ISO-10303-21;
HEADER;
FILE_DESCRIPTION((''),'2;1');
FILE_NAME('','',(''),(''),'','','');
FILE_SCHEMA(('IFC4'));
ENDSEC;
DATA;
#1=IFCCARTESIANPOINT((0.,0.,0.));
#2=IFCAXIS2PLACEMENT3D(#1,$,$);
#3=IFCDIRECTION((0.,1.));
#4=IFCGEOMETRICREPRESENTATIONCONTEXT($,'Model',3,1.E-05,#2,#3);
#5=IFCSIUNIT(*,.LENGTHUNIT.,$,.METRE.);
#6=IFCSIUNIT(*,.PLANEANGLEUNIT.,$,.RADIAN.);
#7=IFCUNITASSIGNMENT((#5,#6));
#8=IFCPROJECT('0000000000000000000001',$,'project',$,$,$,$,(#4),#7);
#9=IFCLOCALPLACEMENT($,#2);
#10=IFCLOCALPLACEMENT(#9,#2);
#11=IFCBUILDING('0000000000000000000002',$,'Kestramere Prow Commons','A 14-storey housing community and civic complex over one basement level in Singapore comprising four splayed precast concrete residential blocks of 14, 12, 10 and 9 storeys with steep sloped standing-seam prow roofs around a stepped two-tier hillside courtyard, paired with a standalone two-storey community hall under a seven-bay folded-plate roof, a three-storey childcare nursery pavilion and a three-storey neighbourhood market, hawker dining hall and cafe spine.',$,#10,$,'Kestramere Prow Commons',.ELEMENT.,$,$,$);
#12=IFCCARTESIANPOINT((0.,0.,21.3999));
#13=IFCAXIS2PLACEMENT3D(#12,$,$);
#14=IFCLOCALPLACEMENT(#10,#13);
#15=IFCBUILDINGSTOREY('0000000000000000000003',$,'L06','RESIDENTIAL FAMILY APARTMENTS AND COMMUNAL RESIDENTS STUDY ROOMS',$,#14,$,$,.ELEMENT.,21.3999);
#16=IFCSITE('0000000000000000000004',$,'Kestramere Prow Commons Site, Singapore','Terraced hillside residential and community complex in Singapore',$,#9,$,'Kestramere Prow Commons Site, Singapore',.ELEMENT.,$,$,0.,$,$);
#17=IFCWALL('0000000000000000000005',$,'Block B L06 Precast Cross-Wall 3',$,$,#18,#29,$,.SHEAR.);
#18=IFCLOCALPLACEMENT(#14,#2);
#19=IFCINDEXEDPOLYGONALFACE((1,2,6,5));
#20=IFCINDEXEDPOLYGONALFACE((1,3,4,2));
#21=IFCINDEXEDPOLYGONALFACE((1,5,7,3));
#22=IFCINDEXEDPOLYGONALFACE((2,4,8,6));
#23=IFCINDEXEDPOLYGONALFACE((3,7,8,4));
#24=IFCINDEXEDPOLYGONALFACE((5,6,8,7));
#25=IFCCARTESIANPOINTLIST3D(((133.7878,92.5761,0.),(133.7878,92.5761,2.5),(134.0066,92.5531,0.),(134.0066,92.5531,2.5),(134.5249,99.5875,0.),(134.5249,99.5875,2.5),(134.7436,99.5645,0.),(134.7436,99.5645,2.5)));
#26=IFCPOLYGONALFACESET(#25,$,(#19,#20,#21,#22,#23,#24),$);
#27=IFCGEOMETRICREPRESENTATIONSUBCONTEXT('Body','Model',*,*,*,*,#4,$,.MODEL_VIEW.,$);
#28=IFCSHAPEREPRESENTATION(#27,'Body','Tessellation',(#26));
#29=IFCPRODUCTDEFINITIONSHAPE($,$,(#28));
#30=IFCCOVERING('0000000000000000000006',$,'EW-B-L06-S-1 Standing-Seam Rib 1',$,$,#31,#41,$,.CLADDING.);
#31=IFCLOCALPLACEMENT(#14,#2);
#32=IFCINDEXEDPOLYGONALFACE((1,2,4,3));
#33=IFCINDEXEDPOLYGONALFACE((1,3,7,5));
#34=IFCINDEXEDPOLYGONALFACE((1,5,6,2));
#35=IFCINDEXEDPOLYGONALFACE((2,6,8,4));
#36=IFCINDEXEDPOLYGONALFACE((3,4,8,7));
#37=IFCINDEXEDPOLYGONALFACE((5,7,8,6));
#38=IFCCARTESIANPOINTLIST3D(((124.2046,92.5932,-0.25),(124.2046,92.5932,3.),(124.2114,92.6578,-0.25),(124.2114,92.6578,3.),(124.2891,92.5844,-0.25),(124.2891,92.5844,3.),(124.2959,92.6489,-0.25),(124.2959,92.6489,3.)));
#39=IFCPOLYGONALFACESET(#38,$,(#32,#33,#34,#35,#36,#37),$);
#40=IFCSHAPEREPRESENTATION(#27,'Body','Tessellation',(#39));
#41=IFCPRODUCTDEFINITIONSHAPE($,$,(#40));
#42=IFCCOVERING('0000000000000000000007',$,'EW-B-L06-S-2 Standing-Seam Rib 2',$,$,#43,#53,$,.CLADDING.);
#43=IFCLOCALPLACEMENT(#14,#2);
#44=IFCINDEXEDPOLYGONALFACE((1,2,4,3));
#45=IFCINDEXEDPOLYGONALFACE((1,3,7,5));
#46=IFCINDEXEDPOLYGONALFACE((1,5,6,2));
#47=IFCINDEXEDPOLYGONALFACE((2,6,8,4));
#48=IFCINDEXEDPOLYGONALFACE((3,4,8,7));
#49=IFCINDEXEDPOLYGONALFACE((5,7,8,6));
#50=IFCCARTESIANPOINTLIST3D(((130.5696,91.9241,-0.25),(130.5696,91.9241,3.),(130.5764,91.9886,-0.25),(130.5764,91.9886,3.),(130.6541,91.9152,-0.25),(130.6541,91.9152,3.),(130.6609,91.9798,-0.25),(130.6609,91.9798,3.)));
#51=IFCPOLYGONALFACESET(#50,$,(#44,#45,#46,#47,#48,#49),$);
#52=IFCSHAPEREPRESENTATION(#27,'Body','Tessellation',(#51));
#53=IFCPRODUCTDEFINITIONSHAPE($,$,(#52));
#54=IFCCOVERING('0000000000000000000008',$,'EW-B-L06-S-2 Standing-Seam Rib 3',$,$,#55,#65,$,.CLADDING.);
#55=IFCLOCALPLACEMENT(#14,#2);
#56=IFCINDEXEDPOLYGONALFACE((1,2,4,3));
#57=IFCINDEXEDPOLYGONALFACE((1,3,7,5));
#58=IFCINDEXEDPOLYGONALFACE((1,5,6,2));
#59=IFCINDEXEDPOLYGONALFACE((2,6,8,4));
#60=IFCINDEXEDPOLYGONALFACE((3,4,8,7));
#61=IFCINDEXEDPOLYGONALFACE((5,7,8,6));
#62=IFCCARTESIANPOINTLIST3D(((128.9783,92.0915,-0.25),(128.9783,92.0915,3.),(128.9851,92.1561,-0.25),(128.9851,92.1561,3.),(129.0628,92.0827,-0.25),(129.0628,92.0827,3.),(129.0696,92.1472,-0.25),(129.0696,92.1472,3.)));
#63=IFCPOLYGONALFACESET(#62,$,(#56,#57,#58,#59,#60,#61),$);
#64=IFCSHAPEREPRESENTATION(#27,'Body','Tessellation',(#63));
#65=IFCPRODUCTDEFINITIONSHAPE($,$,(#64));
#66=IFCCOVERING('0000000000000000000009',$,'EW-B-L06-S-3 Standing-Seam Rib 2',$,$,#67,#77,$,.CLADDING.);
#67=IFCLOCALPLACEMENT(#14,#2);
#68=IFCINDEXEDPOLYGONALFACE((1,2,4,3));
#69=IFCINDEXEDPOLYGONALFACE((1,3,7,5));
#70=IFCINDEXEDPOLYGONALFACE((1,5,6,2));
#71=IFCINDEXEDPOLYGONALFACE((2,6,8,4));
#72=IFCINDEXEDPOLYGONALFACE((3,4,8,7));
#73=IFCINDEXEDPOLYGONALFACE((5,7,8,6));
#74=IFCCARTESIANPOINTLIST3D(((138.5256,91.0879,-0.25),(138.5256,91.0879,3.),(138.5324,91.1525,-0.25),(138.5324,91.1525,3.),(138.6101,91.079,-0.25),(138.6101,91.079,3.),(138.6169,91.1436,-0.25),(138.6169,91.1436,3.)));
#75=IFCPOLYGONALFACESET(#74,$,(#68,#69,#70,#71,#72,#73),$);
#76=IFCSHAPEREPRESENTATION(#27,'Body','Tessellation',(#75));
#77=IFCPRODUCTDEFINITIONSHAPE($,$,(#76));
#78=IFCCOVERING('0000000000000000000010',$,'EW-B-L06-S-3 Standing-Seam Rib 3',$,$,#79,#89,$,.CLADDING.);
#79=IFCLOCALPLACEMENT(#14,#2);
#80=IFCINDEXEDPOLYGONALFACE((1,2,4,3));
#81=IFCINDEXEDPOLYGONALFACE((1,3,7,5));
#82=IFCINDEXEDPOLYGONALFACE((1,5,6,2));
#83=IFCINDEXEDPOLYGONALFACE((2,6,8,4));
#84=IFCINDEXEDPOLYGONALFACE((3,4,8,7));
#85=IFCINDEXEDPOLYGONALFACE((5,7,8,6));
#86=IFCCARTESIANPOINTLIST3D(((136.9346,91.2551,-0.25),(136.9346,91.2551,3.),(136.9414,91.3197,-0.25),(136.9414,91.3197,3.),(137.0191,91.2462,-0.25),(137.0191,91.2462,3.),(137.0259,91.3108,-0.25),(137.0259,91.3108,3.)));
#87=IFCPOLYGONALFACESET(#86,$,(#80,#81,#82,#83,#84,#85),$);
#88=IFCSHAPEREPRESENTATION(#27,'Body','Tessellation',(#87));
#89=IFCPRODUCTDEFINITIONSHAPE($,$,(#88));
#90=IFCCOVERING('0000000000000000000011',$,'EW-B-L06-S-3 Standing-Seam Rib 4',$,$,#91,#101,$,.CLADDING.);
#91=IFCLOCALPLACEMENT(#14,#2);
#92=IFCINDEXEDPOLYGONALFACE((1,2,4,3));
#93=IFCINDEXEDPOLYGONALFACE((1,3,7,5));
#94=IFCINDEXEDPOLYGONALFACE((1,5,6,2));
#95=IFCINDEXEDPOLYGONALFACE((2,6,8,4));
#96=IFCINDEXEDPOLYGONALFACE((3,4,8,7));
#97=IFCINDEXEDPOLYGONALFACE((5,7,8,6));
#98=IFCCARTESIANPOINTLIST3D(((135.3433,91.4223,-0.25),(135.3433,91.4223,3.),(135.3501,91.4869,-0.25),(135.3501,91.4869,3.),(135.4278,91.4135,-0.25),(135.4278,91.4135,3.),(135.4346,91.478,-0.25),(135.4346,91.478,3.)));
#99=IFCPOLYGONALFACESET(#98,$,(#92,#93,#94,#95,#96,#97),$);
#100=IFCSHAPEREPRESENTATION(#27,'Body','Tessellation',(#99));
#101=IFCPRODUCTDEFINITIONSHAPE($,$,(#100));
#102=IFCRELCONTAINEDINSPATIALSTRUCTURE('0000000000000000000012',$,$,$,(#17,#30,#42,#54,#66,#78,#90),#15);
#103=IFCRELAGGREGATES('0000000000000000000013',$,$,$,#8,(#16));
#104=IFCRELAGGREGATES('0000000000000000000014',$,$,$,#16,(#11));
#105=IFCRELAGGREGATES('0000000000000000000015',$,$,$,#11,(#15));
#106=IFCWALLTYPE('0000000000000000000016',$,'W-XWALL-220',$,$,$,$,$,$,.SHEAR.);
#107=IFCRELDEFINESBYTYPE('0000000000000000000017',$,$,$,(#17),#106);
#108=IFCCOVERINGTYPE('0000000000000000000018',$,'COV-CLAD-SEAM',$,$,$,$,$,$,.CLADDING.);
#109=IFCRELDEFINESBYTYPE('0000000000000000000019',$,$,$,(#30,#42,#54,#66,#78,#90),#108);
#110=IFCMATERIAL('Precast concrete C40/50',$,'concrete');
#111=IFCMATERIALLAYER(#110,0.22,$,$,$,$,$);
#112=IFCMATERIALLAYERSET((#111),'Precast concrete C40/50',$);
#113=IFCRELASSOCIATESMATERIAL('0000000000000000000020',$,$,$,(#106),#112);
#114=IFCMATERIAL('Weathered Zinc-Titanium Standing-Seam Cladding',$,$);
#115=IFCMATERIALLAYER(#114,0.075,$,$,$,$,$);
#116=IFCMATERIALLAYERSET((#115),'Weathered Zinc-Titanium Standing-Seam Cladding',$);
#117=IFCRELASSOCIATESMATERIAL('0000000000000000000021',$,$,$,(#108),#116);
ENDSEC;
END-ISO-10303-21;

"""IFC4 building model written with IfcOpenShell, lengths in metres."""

from ifc_helpers import new_model, si_unit, direction, frame, frame_2d, origin, origin_2d, place, context, subcontext, project, spatial, rectangle, extrude, material, layer, layer_set, type_object, element, save


model = new_model("IFC4")

# Units and contexts
model_context = context("Model", 3, precision=1e-05, world=origin(), true_north=direction((0.0, 1.0)))
body_context = subcontext(model_context, "Body", "Model", "MODEL_VIEW")
ifc_project = project(units=[si_unit("LENGTHUNIT", "METRE"), si_unit("PLANEANGLEUNIT", "RADIAN")], contexts=[model_context])

# Site, building, storey
site_placement = place(None, origin())
site = spatial("IfcSite", under=ifc_project, at=site_placement, Name="Kestramere Prow Commons Site, Singapore", Description="Terraced hillside residential and community complex in Singapore", LongName="Kestramere Prow Commons Site, Singapore", CompositionType="ELEMENT", RefElevation=0.0)
building_placement = place(site_placement, origin())
building = spatial("IfcBuilding", under=site, at=building_placement, Name="Kestramere Prow Commons", Description="A 14-storey housing community and civic complex over one basement level in Singapore comprising four splayed precast concrete residential blocks of 14, 12, 10 and 9 storeys with steep sloped standing-seam prow roofs around a stepped two-tier hillside courtyard, paired with a standalone two-storey community hall under a seven-bay folded-plate roof, a three-storey childcare nursery pavilion and a three-storey neighbourhood market, hawker dining hall and cafe spine.", LongName="Kestramere Prow Commons", CompositionType="ELEMENT")
storey_placement = place(building_placement, frame((0.0, 0.0, 21.3999)))
storey = spatial("IfcBuildingStorey", under=building, at=storey_placement, Name="L06", Description="RESIDENTIAL FAMILY APARTMENTS AND COMMUNAL RESIDENTS STUDY ROOMS", CompositionType="ELEMENT", Elevation=21.3999)

# Shared definitions
ifc_material_1 = material(Name="Precast concrete C40/50", Category="concrete")

# Wall
ifc_layer_1 = layer(ifc_material_1, 0.22)
ifc_layer_set_1 = layer_set([ifc_layer_1], Name="Precast concrete C40/50")
wall_type_1 = type_object("IfcWallType", Name="W-XWALL-220", PredefinedType="SHEAR", material=ifc_layer_set_1)
wall_1_placement = place(storey_placement, frame((133.8972, 92.5647, 0.0), z_axis=(0.0, 0.0, 1.0), x_axis=(0.104546, 0.99452, 0.0)))
element("IfcWall", 1, at=wall_1_placement, inside=storey, type_object=wall_type_1, Name="Block B L06 Precast Cross-Wall 3", PredefinedType="SHEAR", context=body_context, shape_type="SweptSolid", body=[
    extrude(rectangle(XDim=7.05, YDim=0.22, at=frame_2d((3.5249, 0.0))), origin(), (0.0, 0.0, 1.0), 2.5),
])

# Coverings
ifc_material_2 = material(Name="Weathered Zinc-Titanium Standing-Seam Cladding")
ifc_layer_2 = layer(ifc_material_2, 0.075)
ifc_layer_set_2 = layer_set([ifc_layer_2], Name="Weathered Zinc-Titanium Standing-Seam Cladding")
covering_type = type_object("IfcCoveringType", Name="COV-CLAD-SEAM", PredefinedType="CLADDING", material=ifc_layer_set_2)
for number, where, z_axis, x_axis, name in (
    (2, (124.2502, 92.6211, -0.25), (0.0, 0.0, 1.0), (-0.994522, 0.104528, 0.0), "EW-B-L06-S-1 Standing-Seam Rib 1"),
    (3, (130.6152, 91.9519, -0.25), (0.0, 0.0, 1.0), (-0.994522, 0.104528, 0.0), "EW-B-L06-S-2 Standing-Seam Rib 2"),
    (4, (129.0239, 92.1194, -0.25), (0.0, 0.0, 1.0), (-0.994522, 0.104528, 0.0), "EW-B-L06-S-2 Standing-Seam Rib 3"),
    (5, (138.5713, 91.1157, -0.25), (0.0, 0.0, 1.0), (-0.994522, 0.104528, 0.0), "EW-B-L06-S-3 Standing-Seam Rib 2"),
    (6, (136.9802, 91.283, -0.25), (0.0, 0.0, 1.0), (-0.994522, 0.104528, 0.0), "EW-B-L06-S-3 Standing-Seam Rib 3"),
    (7, (135.3889, 91.4502, -0.25), (0.0, 0.0, 1.0), (-0.994522, 0.104528, 0.0), "EW-B-L06-S-3 Standing-Seam Rib 4"),
):
    element("IfcCovering", number, at=place(storey_placement, frame(where, z_axis=z_axis, x_axis=x_axis)), inside=storey, type_object=covering_type, Name=name, PredefinedType="CLADDING", context=body_context, shape_type="SweptSolid", body=[
        extrude(rectangle(XDim=0.085, YDim=0.0649, at=origin_2d()), origin(), (0.0, 0.0, 1.0), 3.25),
    ])

save(model, "model.ifc")
